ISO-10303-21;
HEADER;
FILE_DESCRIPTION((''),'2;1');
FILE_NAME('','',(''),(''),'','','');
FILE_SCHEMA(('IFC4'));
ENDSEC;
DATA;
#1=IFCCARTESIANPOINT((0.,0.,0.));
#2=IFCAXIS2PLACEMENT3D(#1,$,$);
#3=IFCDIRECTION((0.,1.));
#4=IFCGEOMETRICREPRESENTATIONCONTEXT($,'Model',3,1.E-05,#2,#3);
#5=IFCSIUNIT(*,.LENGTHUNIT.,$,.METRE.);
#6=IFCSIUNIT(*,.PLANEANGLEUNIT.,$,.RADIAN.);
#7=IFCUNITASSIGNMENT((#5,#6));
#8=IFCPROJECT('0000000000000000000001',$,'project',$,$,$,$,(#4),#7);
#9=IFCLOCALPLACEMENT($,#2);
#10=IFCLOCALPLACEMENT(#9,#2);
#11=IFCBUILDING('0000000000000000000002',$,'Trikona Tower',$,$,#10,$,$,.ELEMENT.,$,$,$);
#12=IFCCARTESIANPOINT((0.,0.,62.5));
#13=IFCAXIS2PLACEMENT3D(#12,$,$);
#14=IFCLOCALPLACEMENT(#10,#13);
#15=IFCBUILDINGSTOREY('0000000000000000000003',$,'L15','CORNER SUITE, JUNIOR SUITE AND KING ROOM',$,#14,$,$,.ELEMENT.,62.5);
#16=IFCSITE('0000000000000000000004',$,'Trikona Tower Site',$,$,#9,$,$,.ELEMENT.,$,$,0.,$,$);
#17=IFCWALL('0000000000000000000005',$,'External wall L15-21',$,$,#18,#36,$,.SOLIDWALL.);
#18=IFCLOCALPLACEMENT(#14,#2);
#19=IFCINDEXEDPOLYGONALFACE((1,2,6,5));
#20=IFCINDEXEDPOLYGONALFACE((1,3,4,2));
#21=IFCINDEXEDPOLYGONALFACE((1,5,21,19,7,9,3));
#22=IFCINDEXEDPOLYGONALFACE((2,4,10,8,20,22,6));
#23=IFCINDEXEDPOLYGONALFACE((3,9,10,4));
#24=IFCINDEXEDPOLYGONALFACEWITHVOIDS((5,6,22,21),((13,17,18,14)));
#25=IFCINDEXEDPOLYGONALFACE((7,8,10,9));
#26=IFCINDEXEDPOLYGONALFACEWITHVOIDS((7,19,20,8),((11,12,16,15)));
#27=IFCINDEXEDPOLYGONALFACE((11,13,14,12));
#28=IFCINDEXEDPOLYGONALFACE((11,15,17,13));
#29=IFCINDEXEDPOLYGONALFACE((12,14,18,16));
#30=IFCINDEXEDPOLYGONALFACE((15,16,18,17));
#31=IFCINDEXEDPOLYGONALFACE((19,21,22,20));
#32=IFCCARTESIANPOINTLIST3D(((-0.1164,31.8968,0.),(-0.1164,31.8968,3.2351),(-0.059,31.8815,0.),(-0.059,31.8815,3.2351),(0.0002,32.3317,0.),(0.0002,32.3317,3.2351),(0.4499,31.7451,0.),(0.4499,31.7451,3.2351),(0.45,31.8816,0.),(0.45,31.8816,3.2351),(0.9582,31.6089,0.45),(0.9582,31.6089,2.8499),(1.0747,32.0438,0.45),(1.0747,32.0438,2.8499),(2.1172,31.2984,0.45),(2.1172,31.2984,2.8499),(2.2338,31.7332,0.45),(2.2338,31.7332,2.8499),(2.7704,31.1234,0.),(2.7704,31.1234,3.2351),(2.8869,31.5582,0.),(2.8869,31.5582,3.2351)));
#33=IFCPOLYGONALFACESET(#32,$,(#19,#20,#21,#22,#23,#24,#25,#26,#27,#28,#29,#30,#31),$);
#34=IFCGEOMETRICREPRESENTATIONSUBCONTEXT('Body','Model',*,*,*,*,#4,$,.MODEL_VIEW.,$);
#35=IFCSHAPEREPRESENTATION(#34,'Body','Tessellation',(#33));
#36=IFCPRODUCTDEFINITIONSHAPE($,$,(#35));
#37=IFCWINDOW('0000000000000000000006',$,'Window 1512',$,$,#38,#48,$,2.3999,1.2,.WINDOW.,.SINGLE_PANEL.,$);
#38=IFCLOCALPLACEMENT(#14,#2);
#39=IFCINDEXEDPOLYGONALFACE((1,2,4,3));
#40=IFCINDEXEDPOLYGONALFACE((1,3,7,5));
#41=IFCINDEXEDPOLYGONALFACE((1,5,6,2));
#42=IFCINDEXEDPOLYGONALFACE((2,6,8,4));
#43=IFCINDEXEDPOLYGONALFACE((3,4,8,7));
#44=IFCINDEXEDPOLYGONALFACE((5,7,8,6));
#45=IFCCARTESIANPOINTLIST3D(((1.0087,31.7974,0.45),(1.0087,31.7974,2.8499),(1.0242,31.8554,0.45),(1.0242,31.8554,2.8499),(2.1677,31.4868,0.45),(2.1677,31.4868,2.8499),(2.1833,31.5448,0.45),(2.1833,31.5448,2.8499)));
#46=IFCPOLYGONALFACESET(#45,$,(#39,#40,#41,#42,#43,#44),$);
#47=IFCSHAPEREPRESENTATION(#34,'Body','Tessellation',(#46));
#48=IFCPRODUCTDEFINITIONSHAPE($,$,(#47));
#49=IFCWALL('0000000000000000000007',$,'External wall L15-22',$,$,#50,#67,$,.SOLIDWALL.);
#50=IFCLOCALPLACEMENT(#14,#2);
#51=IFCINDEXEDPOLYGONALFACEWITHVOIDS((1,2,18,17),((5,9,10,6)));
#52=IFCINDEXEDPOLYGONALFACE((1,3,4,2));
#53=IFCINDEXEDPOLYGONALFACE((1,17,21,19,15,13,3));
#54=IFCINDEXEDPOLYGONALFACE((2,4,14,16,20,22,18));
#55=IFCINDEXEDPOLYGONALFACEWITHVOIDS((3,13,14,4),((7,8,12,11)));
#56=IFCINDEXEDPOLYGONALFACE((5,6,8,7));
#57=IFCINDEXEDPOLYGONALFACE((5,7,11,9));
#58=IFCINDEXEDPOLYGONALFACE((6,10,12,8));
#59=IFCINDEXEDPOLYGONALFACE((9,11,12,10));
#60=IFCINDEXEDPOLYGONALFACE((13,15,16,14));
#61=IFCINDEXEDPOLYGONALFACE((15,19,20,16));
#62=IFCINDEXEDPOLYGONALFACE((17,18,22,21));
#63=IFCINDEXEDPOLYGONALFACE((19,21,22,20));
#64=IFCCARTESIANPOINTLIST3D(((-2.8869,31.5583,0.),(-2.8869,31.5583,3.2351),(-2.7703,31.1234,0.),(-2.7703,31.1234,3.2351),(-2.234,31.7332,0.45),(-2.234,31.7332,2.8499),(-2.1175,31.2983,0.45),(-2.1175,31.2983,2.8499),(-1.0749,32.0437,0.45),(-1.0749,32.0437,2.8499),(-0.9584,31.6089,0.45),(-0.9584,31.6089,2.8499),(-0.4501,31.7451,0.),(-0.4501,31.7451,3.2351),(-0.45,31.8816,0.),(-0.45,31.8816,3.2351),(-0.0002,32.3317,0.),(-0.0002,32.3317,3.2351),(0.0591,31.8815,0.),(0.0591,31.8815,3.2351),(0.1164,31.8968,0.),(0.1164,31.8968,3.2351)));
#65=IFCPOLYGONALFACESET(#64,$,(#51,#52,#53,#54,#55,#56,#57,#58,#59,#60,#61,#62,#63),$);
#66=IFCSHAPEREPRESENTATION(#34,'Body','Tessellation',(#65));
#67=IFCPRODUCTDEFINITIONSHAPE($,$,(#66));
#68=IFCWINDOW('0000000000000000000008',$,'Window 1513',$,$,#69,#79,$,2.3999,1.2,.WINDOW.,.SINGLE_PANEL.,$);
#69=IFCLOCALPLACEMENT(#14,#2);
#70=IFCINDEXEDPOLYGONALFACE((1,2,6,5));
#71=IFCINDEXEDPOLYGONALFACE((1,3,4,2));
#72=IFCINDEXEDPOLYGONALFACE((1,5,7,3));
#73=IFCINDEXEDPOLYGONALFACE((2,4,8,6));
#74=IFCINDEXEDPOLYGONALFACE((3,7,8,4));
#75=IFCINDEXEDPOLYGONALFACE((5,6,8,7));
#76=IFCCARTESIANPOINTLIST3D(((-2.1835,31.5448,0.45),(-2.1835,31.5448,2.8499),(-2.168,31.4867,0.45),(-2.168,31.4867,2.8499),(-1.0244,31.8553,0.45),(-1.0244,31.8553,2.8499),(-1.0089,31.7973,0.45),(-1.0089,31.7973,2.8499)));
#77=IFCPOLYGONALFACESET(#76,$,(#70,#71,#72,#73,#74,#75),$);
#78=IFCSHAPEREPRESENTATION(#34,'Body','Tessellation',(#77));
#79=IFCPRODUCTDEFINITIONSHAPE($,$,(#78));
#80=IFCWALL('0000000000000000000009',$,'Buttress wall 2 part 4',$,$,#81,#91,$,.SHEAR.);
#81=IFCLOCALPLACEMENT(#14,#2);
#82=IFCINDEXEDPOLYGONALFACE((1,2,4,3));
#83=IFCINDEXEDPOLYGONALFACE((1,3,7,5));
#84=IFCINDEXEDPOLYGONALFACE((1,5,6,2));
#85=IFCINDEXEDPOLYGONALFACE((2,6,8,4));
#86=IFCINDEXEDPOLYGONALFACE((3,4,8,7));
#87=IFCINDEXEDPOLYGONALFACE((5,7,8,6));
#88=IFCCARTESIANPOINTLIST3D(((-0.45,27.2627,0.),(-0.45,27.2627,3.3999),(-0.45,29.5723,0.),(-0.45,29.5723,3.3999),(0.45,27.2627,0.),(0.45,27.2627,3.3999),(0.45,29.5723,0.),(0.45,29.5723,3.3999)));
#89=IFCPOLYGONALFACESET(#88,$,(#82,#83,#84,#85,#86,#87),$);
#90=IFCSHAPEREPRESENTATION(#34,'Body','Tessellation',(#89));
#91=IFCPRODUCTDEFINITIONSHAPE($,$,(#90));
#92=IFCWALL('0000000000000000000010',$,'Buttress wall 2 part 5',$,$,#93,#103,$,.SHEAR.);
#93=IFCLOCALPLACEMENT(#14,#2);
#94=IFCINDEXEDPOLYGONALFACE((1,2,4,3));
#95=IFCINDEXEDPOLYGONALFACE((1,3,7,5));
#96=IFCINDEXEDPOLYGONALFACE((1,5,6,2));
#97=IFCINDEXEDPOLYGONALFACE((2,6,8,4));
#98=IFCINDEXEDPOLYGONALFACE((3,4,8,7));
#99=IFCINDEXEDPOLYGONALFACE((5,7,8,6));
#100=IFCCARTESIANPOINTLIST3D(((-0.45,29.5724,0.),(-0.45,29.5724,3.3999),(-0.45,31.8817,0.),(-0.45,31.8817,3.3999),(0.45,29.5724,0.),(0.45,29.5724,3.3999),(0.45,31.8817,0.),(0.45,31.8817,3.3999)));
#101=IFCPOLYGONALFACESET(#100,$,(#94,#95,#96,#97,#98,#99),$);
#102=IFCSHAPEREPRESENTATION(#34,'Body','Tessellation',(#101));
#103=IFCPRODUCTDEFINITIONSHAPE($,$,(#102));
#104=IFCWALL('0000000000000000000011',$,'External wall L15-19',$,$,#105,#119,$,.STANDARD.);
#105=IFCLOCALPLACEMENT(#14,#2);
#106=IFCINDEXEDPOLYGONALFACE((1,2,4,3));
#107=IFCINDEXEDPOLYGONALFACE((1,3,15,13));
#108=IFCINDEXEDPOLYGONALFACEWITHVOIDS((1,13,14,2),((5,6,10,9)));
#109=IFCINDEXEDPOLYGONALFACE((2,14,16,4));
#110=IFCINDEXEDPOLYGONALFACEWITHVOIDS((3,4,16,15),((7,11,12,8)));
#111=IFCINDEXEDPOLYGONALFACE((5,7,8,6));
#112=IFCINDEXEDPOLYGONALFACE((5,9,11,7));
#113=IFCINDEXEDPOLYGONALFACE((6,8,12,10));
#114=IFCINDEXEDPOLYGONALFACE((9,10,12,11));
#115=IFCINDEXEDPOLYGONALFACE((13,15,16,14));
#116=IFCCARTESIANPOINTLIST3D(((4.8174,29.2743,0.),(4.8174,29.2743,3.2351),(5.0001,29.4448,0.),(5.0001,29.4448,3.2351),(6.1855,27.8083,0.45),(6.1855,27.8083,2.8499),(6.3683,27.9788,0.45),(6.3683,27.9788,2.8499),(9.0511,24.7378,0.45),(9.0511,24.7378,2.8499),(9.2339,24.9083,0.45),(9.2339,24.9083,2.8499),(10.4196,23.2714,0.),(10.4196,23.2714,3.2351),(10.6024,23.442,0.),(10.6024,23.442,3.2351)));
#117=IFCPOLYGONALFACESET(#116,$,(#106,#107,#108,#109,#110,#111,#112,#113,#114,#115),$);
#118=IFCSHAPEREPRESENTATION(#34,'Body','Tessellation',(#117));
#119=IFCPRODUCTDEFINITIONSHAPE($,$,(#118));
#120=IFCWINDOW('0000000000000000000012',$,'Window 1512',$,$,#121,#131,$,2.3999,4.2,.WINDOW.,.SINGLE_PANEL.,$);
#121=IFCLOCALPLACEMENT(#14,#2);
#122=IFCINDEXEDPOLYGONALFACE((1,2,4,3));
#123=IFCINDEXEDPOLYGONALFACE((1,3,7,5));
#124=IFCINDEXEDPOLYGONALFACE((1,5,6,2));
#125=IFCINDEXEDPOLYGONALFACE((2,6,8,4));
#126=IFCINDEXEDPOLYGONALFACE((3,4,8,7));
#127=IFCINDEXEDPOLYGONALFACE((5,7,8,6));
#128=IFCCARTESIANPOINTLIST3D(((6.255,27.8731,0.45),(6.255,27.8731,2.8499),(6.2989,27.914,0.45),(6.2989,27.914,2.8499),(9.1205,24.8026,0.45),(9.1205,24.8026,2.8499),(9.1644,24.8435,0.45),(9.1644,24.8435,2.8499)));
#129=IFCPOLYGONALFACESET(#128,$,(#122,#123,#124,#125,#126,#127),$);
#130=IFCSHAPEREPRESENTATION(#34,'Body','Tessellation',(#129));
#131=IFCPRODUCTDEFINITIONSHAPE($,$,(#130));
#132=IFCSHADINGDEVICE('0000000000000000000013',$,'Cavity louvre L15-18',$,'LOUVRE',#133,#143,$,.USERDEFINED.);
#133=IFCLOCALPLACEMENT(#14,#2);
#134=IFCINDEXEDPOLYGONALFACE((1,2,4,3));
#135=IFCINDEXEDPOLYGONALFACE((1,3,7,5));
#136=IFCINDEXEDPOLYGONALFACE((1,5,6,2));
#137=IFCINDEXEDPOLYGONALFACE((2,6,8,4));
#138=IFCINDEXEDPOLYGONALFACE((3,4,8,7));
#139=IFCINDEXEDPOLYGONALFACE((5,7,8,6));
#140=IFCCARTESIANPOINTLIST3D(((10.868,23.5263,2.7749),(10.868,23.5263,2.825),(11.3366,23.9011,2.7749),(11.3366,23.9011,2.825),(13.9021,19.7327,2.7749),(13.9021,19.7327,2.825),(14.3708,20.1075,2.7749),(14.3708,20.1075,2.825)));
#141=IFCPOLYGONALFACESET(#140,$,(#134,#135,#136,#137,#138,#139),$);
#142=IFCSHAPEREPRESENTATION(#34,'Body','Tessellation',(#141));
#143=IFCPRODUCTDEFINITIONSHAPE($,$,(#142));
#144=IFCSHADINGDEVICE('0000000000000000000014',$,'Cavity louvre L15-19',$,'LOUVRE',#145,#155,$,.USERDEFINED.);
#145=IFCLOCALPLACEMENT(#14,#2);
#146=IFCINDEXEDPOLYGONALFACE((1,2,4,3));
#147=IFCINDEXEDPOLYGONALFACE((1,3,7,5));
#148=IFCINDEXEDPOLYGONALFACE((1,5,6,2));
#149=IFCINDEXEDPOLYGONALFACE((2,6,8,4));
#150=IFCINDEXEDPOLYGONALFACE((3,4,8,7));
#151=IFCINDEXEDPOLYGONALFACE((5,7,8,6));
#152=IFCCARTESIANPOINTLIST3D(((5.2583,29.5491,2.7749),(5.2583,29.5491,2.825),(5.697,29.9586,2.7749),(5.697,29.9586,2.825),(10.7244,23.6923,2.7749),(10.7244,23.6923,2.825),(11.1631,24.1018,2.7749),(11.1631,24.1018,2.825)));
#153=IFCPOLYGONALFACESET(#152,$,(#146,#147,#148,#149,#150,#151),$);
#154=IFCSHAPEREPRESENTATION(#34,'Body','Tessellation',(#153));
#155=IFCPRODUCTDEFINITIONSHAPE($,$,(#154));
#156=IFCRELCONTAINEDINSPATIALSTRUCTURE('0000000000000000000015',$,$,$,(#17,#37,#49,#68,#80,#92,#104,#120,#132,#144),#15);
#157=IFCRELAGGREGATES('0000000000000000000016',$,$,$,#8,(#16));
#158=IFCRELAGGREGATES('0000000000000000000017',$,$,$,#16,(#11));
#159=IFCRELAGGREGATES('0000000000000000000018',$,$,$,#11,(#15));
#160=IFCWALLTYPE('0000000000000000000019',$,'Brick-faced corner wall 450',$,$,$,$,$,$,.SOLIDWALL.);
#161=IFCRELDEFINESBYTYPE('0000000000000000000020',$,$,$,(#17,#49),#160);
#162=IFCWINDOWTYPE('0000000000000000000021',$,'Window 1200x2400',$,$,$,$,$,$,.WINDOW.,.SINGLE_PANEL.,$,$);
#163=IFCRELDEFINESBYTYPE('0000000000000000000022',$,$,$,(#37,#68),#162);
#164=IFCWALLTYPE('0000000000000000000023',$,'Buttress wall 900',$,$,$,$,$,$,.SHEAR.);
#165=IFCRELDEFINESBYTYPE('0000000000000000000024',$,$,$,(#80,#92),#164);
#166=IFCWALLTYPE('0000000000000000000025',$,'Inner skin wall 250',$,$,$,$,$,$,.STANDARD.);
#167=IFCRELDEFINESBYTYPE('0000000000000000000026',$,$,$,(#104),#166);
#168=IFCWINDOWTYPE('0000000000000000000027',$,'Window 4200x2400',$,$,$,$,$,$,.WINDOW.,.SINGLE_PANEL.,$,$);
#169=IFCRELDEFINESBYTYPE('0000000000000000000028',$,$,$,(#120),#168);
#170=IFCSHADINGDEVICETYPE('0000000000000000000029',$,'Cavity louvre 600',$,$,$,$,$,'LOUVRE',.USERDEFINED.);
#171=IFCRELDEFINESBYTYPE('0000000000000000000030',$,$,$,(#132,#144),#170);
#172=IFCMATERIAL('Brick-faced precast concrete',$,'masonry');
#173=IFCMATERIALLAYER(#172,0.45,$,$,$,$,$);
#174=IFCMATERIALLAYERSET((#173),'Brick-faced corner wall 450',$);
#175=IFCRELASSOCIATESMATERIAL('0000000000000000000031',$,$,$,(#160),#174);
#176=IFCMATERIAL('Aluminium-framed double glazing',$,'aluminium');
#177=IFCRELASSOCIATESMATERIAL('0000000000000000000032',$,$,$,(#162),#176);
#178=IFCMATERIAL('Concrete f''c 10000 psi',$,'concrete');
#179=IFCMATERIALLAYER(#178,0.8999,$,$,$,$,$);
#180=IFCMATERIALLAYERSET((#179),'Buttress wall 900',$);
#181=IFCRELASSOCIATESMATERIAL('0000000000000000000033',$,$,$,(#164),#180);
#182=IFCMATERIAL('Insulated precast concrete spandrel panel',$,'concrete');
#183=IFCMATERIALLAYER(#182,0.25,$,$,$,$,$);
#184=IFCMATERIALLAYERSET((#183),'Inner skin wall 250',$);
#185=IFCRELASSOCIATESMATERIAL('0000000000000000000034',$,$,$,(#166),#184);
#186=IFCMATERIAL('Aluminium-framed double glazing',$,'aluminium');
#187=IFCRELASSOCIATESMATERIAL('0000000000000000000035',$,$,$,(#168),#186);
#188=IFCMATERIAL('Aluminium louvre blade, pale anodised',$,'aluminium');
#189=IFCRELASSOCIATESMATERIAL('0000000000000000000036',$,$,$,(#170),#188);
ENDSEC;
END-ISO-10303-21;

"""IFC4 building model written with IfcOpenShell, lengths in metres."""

from ifc_helpers import new_model, si_unit, direction, frame, frame_2d, origin, origin_2d, place, context, subcontext, project, spatial, polyline, rectangle, outline, extrude, material, layer, layer_set, type_object, element, fill, save


model = new_model("IFC4")

# Units and contexts
model_context = context("Model", 3, precision=1e-05, world=origin(), true_north=direction((0.0, 1.0)))
body_context = subcontext(model_context, "Body", "Model", "MODEL_VIEW")
ifc_project = project(units=[si_unit("LENGTHUNIT", "METRE"), si_unit("PLANEANGLEUNIT", "RADIAN")], contexts=[model_context])

# Site, building, storey
site_placement = place(None, origin())
site = spatial("IfcSite", under=ifc_project, at=site_placement, Name="Trikona Tower Site", CompositionType="ELEMENT", RefElevation=0.0)
building_placement = place(site_placement, origin())
building = spatial("IfcBuilding", under=site, at=building_placement, Name="Trikona Tower", CompositionType="ELEMENT")
storey_placement = place(building_placement, frame((0.0, 0.0, 62.5)))
storey = spatial("IfcBuildingStorey", under=building, at=storey_placement, Name="L15", Description="CORNER SUITE, JUNIOR SUITE AND KING ROOM", CompositionType="ELEMENT", Elevation=62.5)

# Walls, openings, windows
ifc_material_1 = material(Name="Brick-faced precast concrete", Category="masonry")
ifc_layer_1 = layer(ifc_material_1, 0.45)
ifc_layer_set_1 = layer_set([ifc_layer_1], Name="Brick-faced corner wall 450")
wall_type_1 = type_object("IfcWallType", Name="Brick-faced corner wall 450", PredefinedType="SOLIDWALL", material=ifc_layer_set_1)
wall_1_placement = place(storey_placement, frame((2.8286, 31.3408, 0.0), z_axis=(0.0, 0.0, 1.0), x_axis=(-0.965931, 0.258801, 0.0)))
wall_1 = element("IfcWall", 1, at=wall_1_placement, inside=storey, type_object=wall_type_1, Name="External wall L15-21", PredefinedType="SOLIDWALL", context=body_context, shape_type="SweptSolid", body=[
    extrude(outline(polyline([(2.9885, 0.2251), (2.9292, 0.2251), (2.4375, 0.0933), (2.4023, 0.2251), (0.0, 0.2251), (0.0, -0.2251), (2.9885, -0.2251), (2.9885, 0.2251)])), origin(), (0.0, 0.0, 1.0), 3.2351),
])
opening_1_placement = place(wall_1_placement, frame((0.676, 0.0, 0.45)))
opening_1 = element("IfcOpeningElement", 2, at=opening_1_placement, cuts=wall_1, PredefinedType="OPENING", context=body_context, shape_type="SweptSolid", body=[
    extrude(rectangle(XDim=1.2, YDim=2.3999, at=frame_2d((0.6001, 1.2))), frame((0.0, 0.2349, 0.0), z_axis=(0.0, -1.0, 0.0), x_axis=(1.0, 0.0, 0.0)), (0.0, 0.0, 1.0), 0.47),
])
ifc_material_2 = material(Name="Aluminium-framed double glazing", Category="aluminium")
window_type_1 = type_object("IfcWindowType", Name="Window 1200x2400", PartitioningType="SINGLE_PANEL", PredefinedType="WINDOW", material=ifc_material_2)
window_1_placement = place(opening_1_placement, origin())
window_1 = element("IfcWindow", 3, at=window_1_placement, inside=storey, type_object=window_type_1, Name="Window 1512", OverallHeight=2.3999, OverallWidth=1.2, PartitioningType="SINGLE_PANEL", PredefinedType="WINDOW", context=body_context, shape_type="SweptSolid", body=[
    extrude(rectangle(XDim=1.2, YDim=2.3999, at=frame_2d((0.6001, 1.2))), frame((0.0, 0.03, 0.0), z_axis=(0.0, -1.0, 0.0), x_axis=(1.0, 0.0, 0.0)), (0.0, 0.0, 1.0), 0.0601),
])
fill(opening_1, window_1)
wall_2_placement = place(storey_placement, frame((0.0581, 32.1143, 0.0), z_axis=(0.0, 0.0, 1.0), x_axis=(-0.965931, -0.258801, 0.0)))
wall_2 = element("IfcWall", 4, at=wall_2_placement, inside=storey, type_object=wall_type_1, Name="External wall L15-22", PredefinedType="SOLIDWALL", context=body_context, shape_type="SweptSolid", body=[
    extrude(outline(polyline([(2.9885, 0.2251), (0.5864, 0.2251), (0.551, 0.0933), (0.0593, 0.2251), (0.0, 0.2251), (0.0, -0.2251), (2.9885, -0.2251), (2.9885, 0.2251)])), origin(), (0.0, 0.0, 1.0), 3.2351),
])
opening_2_placement = place(wall_2_placement, frame((1.1125, 0.0, 0.45)))
opening_2 = element("IfcOpeningElement", 5, at=opening_2_placement, cuts=wall_2, PredefinedType="OPENING", context=body_context, shape_type="SweptSolid", body=[
    extrude(rectangle(XDim=1.2, YDim=2.3999, at=frame_2d((0.6001, 1.2))), frame((0.0, 0.2349, 0.0), z_axis=(0.0, -1.0, 0.0), x_axis=(1.0, 0.0, 0.0)), (0.0, 0.0, 1.0), 0.47),
])
window_2_placement = place(opening_2_placement, origin())
window_2 = element("IfcWindow", 6, at=window_2_placement, inside=storey, type_object=window_type_1, Name="Window 1513", OverallHeight=2.3999, OverallWidth=1.2, PartitioningType="SINGLE_PANEL", PredefinedType="WINDOW", context=body_context, shape_type="SweptSolid", body=[
    extrude(rectangle(XDim=1.2, YDim=2.3999, at=frame_2d((0.6001, 1.2))), frame((0.0, 0.03, 0.0), z_axis=(0.0, -1.0, 0.0), x_axis=(1.0, 0.0, 0.0)), (0.0, 0.0, 1.0), 0.0601),
])
fill(opening_2, window_2)

# Walls
ifc_material_3 = material(Name="Concrete f'c 10000 psi", Category="concrete")
ifc_layer_2 = layer(ifc_material_3, 0.8999)
ifc_layer_set_2 = layer_set([ifc_layer_2], Name="Buttress wall 900")
wall_type_2 = type_object("IfcWallType", Name="Buttress wall 900", PredefinedType="SHEAR", material=ifc_layer_set_2)
wall_3_placement = place(storey_placement, frame((0.0, 27.2627, 0.0), z_axis=(0.0, 0.0, 1.0), x_axis=(0.0, 1.0, 0.0)))
element("IfcWall", 7, at=wall_3_placement, inside=storey, type_object=wall_type_2, Name="Buttress wall 2 part 4", PredefinedType="SHEAR", context=body_context, shape_type="SweptSolid", body=[
    extrude(rectangle(XDim=2.3096, YDim=0.8999, at=frame_2d((1.1548, 0.0))), origin(), (0.0, 0.0, 1.0), 3.3999),
])
wall_4_placement = place(storey_placement, frame((0.0, 29.5723, 0.0), z_axis=(0.0, 0.0, 1.0), x_axis=(0.0, 1.0, 0.0)))
element("IfcWall", 8, at=wall_4_placement, inside=storey, type_object=wall_type_2, Name="Buttress wall 2 part 5", PredefinedType="SHEAR", context=body_context, shape_type="SweptSolid", body=[
    extrude(rectangle(XDim=2.3093, YDim=0.8999, at=frame_2d((1.1548, 0.0))), origin(), (0.0, 0.0, 1.0), 3.3999),
])

# Wall, opening, window
ifc_material_4 = material(Name="Insulated precast concrete spandrel panel", Category="concrete")
ifc_layer_3 = layer(ifc_material_4, 0.25)
ifc_layer_set_3 = layer_set([ifc_layer_3], Name="Inner skin wall 250")
wall_type_3 = type_object("IfcWallType", Name="Inner skin wall 250", PredefinedType="STANDARD", material=ifc_layer_set_3)
wall_5_placement = place(storey_placement, frame((10.511, 23.3567, 0.0), z_axis=(0.0, 0.0, 1.0), x_axis=(-0.68229, 0.731082, 0.0)))
wall_5 = element("IfcWall", 9, at=wall_5_placement, inside=storey, type_object=wall_type_3, Name="External wall L15-19", PredefinedType="STANDARD", context=body_context, shape_type="SweptSolid", body=[
    extrude(rectangle(XDim=8.2109, YDim=0.25, at=frame_2d((4.1055, 0.0))), origin(), (0.0, 0.0, 1.0), 3.2351),
])
opening_3_placement = place(wall_5_placement, frame((2.0056, 0.0, 0.45)))
opening_3 = element("IfcOpeningElement", 10, at=opening_3_placement, cuts=wall_5, PredefinedType="OPENING", context=body_context, shape_type="SweptSolid", body=[
    extrude(rectangle(XDim=4.2, YDim=2.3999, at=frame_2d((2.1001, 1.2))), frame((0.0, 0.135, 0.0), z_axis=(0.0, -1.0, 0.0), x_axis=(1.0, 0.0, 0.0)), (0.0, 0.0, 1.0), 0.27),
])
ifc_material_5 = material(Name="Aluminium-framed double glazing", Category="aluminium")
window_type_2 = type_object("IfcWindowType", Name="Window 4200x2400", PartitioningType="SINGLE_PANEL", PredefinedType="WINDOW", material=ifc_material_5)
window_3_placement = place(opening_3_placement, origin())
window_3 = element("IfcWindow", 11, at=window_3_placement, inside=storey, type_object=window_type_2, Name="Window 1512", OverallHeight=2.3999, OverallWidth=4.2, PartitioningType="SINGLE_PANEL", PredefinedType="WINDOW", context=body_context, shape_type="SweptSolid", body=[
    extrude(rectangle(XDim=4.2, YDim=2.3999, at=frame_2d((2.1001, 1.2))), frame((0.0, 0.03, 0.0), z_axis=(0.0, -1.0, 0.0), x_axis=(1.0, 0.0, 0.0)), (0.0, 0.0, 1.0), 0.0601),
])
fill(opening_3, window_3)

# Shading devices
ifc_material_6 = material(Name="Aluminium louvre blade, pale anodised", Category="aluminium")
shading_device_type = type_object("IfcShadingDeviceType", Name="Cavity louvre 600", ElementType="LOUVRE", PredefinedType="USERDEFINED", material=ifc_material_6)
shading_device_1_placement = place(storey_placement, frame((12.6194, 21.8169, 2.7749), z_axis=(0.0, 0.0, 1.0), x_axis=(-0.624604, 0.780942, 0.0)))
element("IfcShadingDevice", 12, at=shading_device_1_placement, inside=storey, type_object=shading_device_type, Name="Cavity louvre L15-18", ObjectType="LOUVRE", PredefinedType="USERDEFINED", context=body_context, shape_type="SweptSolid", body=[
    extrude(rectangle(XDim=4.8577, YDim=0.6001, at=origin_2d()), origin(), (0.0, 0.0, 1.0), 0.05),
])
shading_device_2_placement = place(storey_placement, frame((8.2107, 26.8254, 2.7749), z_axis=(0.0, 0.0, 1.0), x_axis=(-0.682298, 0.731074, 0.0)))
element("IfcShadingDevice", 13, at=shading_device_2_placement, inside=storey, type_object=shading_device_type, Name="Cavity louvre L15-19", ObjectType="LOUVRE", PredefinedType="USERDEFINED", context=body_context, shape_type="SweptSolid", body=[
    extrude(rectangle(XDim=8.0112, YDim=0.6001, at=origin_2d()), origin(), (0.0, 0.0, 1.0), 0.05),
])

save(model, "model.ifc")
